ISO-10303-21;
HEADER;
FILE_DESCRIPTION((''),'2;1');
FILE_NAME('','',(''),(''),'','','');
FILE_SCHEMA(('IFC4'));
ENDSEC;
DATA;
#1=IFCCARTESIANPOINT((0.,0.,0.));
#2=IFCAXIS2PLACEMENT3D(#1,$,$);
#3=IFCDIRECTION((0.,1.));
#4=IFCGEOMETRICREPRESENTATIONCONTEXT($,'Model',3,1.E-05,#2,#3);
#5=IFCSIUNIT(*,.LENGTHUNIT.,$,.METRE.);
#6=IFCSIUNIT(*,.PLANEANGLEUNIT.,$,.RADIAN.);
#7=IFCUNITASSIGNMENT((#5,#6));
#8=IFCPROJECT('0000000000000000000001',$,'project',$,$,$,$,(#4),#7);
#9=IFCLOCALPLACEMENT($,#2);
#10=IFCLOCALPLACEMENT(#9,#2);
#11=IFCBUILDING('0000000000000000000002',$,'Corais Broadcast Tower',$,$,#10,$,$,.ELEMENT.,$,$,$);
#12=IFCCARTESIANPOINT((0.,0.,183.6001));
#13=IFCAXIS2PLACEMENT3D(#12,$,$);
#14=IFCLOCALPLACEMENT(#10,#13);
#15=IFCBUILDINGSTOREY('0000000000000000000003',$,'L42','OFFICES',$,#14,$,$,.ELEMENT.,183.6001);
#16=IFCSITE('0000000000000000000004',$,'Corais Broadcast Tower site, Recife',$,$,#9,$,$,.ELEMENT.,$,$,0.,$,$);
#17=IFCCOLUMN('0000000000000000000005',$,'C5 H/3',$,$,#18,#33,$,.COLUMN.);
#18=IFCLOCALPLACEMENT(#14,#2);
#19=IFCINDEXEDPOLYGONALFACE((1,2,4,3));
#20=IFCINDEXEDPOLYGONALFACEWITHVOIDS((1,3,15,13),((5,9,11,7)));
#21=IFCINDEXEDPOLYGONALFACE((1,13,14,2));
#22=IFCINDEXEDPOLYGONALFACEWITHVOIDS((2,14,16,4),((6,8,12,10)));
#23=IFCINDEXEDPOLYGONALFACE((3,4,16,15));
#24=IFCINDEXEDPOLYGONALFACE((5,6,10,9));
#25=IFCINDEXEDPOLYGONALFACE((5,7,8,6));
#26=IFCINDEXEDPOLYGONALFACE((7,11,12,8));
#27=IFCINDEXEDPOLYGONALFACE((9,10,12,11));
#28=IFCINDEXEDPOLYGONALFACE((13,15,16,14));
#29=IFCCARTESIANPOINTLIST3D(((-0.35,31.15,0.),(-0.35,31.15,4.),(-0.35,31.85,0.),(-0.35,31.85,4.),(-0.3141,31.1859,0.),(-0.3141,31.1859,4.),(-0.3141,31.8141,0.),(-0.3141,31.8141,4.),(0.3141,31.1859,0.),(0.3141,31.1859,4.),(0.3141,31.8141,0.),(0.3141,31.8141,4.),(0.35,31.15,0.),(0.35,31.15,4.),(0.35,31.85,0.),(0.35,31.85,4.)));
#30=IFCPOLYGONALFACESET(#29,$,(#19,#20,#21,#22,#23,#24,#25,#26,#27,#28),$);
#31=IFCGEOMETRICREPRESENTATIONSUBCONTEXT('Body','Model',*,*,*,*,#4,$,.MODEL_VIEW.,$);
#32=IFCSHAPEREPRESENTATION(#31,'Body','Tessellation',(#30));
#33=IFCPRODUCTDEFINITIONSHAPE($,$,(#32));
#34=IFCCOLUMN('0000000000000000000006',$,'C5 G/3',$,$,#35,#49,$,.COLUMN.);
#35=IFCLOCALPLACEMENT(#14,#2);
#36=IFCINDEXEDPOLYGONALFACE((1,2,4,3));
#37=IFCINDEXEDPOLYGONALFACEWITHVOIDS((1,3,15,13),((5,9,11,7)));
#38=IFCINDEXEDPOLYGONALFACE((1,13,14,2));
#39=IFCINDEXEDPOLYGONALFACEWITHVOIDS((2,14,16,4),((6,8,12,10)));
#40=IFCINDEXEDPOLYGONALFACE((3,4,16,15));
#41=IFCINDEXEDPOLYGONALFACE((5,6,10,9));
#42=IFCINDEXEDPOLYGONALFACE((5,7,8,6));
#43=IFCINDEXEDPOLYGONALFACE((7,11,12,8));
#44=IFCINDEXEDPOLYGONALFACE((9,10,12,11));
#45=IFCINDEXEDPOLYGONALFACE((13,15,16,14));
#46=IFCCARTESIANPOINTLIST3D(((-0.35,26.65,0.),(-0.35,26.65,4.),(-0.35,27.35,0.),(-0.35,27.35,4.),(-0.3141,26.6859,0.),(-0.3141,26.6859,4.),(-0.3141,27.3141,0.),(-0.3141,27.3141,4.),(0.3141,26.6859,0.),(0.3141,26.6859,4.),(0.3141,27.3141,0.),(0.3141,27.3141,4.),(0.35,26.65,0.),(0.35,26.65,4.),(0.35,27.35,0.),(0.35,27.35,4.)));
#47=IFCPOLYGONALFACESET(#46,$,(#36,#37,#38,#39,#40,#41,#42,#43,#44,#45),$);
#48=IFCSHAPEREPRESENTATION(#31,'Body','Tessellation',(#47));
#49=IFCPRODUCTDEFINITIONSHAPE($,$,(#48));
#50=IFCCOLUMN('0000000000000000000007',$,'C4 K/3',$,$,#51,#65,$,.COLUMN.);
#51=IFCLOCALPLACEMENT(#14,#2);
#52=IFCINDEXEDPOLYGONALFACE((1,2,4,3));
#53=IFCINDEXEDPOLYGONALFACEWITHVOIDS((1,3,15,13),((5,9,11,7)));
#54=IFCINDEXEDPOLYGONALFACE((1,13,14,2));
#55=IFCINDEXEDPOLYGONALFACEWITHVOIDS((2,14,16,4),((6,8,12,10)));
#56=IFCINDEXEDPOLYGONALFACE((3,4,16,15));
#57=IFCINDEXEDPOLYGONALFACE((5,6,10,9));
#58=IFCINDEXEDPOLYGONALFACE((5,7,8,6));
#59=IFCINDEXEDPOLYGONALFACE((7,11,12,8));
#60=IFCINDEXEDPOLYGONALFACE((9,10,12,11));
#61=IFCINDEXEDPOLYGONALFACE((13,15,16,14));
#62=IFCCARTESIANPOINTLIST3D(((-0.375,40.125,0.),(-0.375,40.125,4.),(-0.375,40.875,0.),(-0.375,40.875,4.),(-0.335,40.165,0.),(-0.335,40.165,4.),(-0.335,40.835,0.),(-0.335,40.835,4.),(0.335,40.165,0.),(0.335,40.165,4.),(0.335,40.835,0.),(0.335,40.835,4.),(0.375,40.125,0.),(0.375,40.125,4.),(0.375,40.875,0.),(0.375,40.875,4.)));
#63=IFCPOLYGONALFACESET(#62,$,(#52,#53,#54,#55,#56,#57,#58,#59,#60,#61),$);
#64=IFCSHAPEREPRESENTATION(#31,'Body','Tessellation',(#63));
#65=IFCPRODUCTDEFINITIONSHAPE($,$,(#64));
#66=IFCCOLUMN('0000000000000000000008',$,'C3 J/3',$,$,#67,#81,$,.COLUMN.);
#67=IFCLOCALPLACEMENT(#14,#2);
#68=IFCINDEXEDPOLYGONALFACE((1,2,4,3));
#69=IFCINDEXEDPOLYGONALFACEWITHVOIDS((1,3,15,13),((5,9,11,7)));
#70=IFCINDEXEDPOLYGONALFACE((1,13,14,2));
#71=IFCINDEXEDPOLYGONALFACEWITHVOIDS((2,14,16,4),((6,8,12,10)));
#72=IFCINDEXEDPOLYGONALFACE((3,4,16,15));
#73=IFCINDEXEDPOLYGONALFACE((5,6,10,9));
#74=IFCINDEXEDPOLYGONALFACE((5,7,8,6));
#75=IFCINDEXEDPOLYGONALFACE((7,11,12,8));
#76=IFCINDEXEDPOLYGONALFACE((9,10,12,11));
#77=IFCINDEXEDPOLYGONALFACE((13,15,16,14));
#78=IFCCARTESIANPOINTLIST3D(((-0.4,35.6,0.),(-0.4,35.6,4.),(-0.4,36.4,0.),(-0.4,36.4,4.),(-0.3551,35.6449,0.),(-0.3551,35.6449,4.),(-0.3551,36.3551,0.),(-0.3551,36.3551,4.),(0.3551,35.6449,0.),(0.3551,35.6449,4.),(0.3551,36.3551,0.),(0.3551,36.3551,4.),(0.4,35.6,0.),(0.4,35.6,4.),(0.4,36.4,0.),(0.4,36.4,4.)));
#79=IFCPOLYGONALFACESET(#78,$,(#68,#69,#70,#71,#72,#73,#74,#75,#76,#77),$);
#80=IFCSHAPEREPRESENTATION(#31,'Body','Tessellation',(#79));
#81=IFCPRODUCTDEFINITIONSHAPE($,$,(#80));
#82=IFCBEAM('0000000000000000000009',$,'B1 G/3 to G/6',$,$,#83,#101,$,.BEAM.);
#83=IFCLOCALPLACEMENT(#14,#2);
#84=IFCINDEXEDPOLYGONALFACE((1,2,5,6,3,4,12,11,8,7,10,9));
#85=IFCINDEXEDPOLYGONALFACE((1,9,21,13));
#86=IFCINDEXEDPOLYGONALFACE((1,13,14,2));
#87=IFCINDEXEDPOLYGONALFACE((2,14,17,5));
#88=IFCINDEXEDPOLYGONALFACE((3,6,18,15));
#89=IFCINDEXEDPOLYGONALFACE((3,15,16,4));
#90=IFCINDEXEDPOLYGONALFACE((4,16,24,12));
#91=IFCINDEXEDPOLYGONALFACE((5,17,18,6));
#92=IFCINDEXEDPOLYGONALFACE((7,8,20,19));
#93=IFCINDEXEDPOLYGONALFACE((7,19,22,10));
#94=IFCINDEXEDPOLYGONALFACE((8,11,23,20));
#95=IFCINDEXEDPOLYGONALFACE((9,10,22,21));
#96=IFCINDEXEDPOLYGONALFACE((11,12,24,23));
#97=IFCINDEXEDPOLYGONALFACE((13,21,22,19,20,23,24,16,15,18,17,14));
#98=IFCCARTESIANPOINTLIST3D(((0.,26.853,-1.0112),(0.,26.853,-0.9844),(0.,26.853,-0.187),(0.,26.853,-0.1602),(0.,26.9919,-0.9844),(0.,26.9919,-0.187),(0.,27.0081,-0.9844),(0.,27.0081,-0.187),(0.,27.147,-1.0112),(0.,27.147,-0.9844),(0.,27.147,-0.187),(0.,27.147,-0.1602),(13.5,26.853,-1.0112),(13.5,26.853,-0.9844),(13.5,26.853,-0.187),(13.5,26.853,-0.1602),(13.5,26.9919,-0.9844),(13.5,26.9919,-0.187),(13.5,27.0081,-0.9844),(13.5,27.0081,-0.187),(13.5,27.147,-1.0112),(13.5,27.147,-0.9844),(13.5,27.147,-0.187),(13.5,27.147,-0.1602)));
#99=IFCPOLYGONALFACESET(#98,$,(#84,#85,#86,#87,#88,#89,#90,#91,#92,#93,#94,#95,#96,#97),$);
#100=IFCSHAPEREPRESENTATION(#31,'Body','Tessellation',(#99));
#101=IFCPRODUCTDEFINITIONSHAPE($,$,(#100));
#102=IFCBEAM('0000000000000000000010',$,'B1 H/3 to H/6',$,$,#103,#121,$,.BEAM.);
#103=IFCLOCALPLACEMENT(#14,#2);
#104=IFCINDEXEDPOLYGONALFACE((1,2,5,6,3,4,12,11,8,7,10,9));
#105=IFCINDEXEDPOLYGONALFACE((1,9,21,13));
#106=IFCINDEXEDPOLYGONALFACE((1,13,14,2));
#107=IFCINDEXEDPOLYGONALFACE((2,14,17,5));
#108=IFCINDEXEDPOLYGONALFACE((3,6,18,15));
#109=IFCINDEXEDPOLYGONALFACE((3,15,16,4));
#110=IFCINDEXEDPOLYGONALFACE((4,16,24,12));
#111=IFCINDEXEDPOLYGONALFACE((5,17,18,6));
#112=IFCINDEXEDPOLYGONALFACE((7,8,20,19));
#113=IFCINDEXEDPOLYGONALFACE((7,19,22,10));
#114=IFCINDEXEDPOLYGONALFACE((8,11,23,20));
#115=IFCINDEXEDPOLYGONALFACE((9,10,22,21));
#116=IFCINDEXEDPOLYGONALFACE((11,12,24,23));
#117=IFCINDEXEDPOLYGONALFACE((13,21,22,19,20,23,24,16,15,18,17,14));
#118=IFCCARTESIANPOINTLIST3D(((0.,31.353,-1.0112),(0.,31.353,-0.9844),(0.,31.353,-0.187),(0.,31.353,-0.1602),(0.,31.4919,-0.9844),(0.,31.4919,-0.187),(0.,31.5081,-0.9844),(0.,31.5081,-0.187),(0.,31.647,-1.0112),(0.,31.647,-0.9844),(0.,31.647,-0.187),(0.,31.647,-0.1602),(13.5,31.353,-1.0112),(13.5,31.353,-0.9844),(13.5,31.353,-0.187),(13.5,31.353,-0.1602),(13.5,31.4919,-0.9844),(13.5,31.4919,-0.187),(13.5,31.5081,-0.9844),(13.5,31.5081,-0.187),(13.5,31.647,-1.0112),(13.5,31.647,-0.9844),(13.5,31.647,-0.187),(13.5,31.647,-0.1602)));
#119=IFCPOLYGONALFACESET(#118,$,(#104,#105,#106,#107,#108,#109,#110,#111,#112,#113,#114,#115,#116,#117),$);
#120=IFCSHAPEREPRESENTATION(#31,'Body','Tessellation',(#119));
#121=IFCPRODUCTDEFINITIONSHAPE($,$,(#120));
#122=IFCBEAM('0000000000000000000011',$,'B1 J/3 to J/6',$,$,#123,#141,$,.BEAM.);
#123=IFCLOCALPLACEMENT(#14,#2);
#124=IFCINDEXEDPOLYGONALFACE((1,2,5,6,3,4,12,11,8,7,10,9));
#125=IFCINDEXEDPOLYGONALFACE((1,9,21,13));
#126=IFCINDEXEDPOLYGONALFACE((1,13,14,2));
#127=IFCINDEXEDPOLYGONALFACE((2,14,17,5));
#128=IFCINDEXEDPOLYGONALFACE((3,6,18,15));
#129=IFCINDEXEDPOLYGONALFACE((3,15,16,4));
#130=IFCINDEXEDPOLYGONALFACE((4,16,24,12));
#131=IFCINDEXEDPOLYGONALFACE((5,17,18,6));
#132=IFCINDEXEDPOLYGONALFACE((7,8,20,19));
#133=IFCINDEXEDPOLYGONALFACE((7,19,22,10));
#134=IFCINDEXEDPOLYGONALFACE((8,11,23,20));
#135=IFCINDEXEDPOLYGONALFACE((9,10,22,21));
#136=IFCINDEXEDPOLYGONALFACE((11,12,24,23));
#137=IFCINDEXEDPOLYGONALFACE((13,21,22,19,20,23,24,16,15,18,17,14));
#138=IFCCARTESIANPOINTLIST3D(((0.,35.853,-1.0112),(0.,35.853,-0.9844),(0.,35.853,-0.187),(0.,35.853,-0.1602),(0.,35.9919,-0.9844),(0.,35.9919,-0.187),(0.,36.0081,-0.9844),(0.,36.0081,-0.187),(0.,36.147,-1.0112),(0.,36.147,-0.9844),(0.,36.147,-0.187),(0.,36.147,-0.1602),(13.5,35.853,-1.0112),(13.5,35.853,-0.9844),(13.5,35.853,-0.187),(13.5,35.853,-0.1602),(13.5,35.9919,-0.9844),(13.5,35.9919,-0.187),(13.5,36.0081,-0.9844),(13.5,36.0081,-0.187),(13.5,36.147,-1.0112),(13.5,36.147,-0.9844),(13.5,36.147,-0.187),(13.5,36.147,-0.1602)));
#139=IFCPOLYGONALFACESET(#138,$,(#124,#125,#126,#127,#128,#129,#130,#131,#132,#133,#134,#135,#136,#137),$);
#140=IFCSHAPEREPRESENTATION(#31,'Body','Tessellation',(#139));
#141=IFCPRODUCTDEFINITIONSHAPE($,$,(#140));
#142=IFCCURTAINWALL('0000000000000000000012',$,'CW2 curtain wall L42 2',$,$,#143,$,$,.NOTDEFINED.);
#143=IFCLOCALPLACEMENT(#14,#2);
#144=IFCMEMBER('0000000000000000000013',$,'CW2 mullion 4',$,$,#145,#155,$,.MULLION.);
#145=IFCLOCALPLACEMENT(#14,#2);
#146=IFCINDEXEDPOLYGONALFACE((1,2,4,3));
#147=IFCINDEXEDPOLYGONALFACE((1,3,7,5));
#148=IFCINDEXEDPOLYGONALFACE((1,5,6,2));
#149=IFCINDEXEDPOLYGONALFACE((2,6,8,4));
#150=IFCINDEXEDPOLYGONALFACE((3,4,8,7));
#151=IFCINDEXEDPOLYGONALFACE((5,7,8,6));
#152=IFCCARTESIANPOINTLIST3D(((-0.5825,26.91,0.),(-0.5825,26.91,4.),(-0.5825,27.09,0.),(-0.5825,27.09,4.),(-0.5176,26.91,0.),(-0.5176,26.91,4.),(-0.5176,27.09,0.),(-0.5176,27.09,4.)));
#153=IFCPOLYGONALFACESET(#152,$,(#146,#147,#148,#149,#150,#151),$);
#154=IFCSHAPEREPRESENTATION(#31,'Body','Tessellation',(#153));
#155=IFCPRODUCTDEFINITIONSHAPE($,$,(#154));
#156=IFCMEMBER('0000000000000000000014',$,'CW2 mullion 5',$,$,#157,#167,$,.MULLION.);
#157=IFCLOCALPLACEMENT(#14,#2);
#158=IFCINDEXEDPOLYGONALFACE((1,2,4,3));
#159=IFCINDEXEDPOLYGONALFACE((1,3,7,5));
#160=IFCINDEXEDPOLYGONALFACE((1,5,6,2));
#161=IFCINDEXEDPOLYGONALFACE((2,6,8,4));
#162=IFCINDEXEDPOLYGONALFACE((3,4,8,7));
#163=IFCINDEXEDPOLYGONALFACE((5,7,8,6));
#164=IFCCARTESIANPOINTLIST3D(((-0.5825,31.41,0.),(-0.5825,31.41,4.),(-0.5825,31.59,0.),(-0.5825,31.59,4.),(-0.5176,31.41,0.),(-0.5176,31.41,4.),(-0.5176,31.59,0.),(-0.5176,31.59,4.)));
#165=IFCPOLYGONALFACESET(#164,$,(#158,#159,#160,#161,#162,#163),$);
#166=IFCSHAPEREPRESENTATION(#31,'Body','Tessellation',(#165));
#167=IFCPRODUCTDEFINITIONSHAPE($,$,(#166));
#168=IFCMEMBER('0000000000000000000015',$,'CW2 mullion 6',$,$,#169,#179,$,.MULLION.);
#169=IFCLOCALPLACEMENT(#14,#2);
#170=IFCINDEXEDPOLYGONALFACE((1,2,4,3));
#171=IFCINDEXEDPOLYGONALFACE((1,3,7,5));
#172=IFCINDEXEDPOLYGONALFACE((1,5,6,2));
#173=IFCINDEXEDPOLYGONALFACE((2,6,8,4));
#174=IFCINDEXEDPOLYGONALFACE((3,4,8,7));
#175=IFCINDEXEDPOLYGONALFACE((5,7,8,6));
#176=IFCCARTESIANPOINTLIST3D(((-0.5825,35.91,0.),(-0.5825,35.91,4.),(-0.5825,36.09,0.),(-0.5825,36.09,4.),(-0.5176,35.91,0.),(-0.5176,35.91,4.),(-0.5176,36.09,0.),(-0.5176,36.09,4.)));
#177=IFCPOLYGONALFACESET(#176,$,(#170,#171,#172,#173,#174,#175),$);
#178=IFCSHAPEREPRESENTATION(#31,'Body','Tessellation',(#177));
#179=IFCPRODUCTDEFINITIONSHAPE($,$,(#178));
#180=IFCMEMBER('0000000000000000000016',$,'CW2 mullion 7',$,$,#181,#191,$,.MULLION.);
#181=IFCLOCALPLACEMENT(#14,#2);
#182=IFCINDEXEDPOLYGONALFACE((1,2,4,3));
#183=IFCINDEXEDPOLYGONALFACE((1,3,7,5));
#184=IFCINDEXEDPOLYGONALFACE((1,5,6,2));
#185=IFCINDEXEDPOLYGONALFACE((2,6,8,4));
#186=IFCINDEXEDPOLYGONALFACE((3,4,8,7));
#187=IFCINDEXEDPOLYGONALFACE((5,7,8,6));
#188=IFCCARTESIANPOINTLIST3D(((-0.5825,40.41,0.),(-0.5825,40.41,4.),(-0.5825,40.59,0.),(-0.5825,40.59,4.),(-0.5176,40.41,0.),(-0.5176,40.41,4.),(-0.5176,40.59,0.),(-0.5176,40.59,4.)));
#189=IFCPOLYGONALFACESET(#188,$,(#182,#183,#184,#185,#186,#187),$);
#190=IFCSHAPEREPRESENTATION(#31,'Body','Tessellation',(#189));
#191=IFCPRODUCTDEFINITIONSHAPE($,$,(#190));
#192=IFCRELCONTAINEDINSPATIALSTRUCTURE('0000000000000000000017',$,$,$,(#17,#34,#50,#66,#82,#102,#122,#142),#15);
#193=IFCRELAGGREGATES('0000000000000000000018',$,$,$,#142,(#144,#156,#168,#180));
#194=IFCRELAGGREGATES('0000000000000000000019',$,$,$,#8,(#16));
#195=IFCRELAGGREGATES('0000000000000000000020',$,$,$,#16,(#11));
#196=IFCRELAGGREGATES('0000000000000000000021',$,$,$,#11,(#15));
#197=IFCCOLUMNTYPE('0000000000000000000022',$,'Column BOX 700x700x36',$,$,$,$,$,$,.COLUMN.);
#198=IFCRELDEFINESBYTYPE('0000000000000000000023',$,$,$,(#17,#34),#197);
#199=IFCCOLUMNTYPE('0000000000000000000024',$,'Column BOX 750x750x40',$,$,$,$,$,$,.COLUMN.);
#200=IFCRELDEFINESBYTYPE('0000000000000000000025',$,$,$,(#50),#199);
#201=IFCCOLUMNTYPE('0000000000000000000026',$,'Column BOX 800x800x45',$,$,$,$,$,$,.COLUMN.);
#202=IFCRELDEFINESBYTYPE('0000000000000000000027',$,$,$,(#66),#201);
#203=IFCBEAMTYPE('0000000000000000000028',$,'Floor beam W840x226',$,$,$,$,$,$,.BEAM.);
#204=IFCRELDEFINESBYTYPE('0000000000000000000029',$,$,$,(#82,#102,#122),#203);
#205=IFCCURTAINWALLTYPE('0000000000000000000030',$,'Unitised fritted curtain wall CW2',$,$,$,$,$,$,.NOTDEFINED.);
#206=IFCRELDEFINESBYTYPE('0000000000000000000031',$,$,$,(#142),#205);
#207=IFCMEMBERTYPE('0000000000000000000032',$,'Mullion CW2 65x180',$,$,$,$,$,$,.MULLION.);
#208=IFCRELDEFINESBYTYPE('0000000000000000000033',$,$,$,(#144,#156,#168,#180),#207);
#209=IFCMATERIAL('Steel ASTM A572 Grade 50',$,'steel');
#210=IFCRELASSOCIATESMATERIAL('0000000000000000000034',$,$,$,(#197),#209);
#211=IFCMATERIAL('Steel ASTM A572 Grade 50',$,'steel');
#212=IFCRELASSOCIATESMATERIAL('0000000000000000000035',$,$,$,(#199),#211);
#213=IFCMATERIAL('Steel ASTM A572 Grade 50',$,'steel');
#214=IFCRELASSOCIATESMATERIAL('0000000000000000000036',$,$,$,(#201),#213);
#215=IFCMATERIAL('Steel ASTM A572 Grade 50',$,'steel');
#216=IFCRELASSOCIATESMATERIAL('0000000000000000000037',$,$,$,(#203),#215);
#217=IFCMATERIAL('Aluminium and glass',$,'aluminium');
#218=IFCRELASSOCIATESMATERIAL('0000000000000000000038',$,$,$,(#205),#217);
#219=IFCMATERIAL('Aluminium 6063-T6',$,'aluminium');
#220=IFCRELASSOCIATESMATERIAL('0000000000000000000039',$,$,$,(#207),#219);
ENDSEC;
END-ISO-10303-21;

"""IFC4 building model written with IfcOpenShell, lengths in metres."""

from ifc_helpers import new_model, si_unit, direction, frame, origin, origin_2d, place, context, subcontext, project, spatial, rectangle, hollow_rectangle, i_section, extrude, material, material_profile, profile_set, type_object, element, aggregate, save


model = new_model("IFC4")

# Units and contexts
model_context = context("Model", 3, precision=1e-05, world=origin(), true_north=direction((0.0, 1.0)))
body_context = subcontext(model_context, "Body", "Model", "MODEL_VIEW")
ifc_project = project(units=[si_unit("LENGTHUNIT", "METRE"), si_unit("PLANEANGLEUNIT", "RADIAN")], contexts=[model_context])

# Site, building, storey
site_placement = place(None, origin())
site = spatial("IfcSite", under=ifc_project, at=site_placement, Name="Corais Broadcast Tower site, Recife", CompositionType="ELEMENT", RefElevation=0.0)
building_placement = place(site_placement, origin())
building = spatial("IfcBuilding", under=site, at=building_placement, Name="Corais Broadcast Tower", CompositionType="ELEMENT")
storey_placement = place(building_placement, frame((0.0, 0.0, 183.6001)))
storey = spatial("IfcBuildingStorey", under=building, at=storey_placement, Name="L42", Description="OFFICES", CompositionType="ELEMENT", Elevation=183.6001)

# Columns
ifc_material_1 = material(Name="Steel ASTM A572 Grade 50", Category="steel")
ifc_material_profile_1 = material_profile(ifc_material_1, hollow_rectangle(XDim=0.7, YDim=0.7, WallThickness=0.0359, at=origin_2d()), Name="BOX 700x700x36")
ifc_profile_set_1 = profile_set([ifc_material_profile_1], Name="Steel ASTM A572 Grade 50")
column_type_1 = type_object("IfcColumnType", Name="Column BOX 700x700x36", PredefinedType="COLUMN", material=ifc_profile_set_1)
for number, where, z_axis, x_axis, name in (
    (1, (0.0, 31.5, 0.0), (0.0, 0.0, 1.0), (1.0, 0.0, 0.0), "C5 H/3"),
    (2, (0.0, 27.0, 0.0), (0.0, 0.0, 1.0), (1.0, 0.0, 0.0), "C5 G/3"),
):
    element("IfcColumn", number, at=place(storey_placement, frame(where, z_axis=z_axis, x_axis=x_axis)), inside=storey, type_object=column_type_1, Name=name, PredefinedType="COLUMN", context=body_context, shape_type="SweptSolid", body=[
        extrude(hollow_rectangle(XDim=0.7, YDim=0.7, WallThickness=0.0359, at=origin_2d()), origin(), (0.0, 0.0, 1.0), 4.0),
    ])
ifc_material_2 = material(Name="Steel ASTM A572 Grade 50", Category="steel")
ifc_material_profile_2 = material_profile(ifc_material_2, hollow_rectangle(XDim=0.75, YDim=0.75, WallThickness=0.04, at=origin_2d()), Name="BOX 750x750x40")
ifc_profile_set_2 = profile_set([ifc_material_profile_2], Name="Steel ASTM A572 Grade 50")
column_type_2 = type_object("IfcColumnType", Name="Column BOX 750x750x40", PredefinedType="COLUMN", material=ifc_profile_set_2)
column_1_placement = place(storey_placement, frame((0.0, 40.5, 0.0), z_axis=(0.0, 0.0, 1.0), x_axis=(1.0, 0.0, 0.0)))
element("IfcColumn", 3, at=column_1_placement, inside=storey, type_object=column_type_2, Name="C4 K/3", PredefinedType="COLUMN", context=body_context, shape_type="SweptSolid", body=[
    extrude(hollow_rectangle(XDim=0.75, YDim=0.75, WallThickness=0.04, at=origin_2d()), origin(), (0.0, 0.0, 1.0), 4.0),
])
ifc_material_3 = material(Name="Steel ASTM A572 Grade 50", Category="steel")
ifc_material_profile_3 = material_profile(ifc_material_3, hollow_rectangle(XDim=0.8, YDim=0.8, WallThickness=0.0449, at=origin_2d()), Name="BOX 800x800x45")
ifc_profile_set_3 = profile_set([ifc_material_profile_3], Name="Steel ASTM A572 Grade 50")
column_type_3 = type_object("IfcColumnType", Name="Column BOX 800x800x45", PredefinedType="COLUMN", material=ifc_profile_set_3)
column_2_placement = place(storey_placement, frame((0.0, 36.0, 0.0), z_axis=(0.0, 0.0, 1.0), x_axis=(1.0, 0.0, 0.0)))
element("IfcColumn", 4, at=column_2_placement, inside=storey, type_object=column_type_3, Name="C3 J/3", PredefinedType="COLUMN", context=body_context, shape_type="SweptSolid", body=[
    extrude(hollow_rectangle(XDim=0.8, YDim=0.8, WallThickness=0.0449, at=origin_2d()), origin(), (0.0, 0.0, 1.0), 4.0),
])

# Beams
ifc_material_4 = material(Name="Steel ASTM A572 Grade 50", Category="steel")
ifc_material_profile_4 = material_profile(ifc_material_4, i_section(OverallWidth=0.2939, OverallDepth=0.8511, WebThickness=0.0161, FlangeThickness=0.0269, at=origin_2d()), Name="W840x226")
ifc_profile_set_4 = profile_set([ifc_material_profile_4], Name="Steel ASTM A572 Grade 50")
beam_type_1 = type_object("IfcBeamType", Name="Floor beam W840x226", PredefinedType="BEAM", material=ifc_profile_set_4)
for number, where, z_axis, x_axis, name in (
    (5, (0.0, 27.0, -0.5857), (1.0, 0.0, 0.0), (0.0, 1.0, 0.0), "B1 G/3 to G/6"),
    (6, (0.0, 31.5, -0.5857), (1.0, 0.0, 0.0), (0.0, 1.0, 0.0), "B1 H/3 to H/6"),
    (7, (0.0, 36.0, -0.5857), (1.0, 0.0, 0.0), (0.0, 1.0, 0.0), "B1 J/3 to J/6"),
):
    element("IfcBeam", number, at=place(storey_placement, frame(where, z_axis=z_axis, x_axis=x_axis)), inside=storey, type_object=beam_type_1, Name=name, PredefinedType="BEAM", context=body_context, shape_type="SweptSolid", body=[
        extrude(i_section(OverallWidth=0.2939, OverallDepth=0.8511, WebThickness=0.0161, FlangeThickness=0.0269, at=origin_2d()), origin(), (0.0, 0.0, 1.0), 13.5),
    ])

# Curtain wall, members
ifc_material_5 = material(Name="Aluminium and glass", Category="aluminium")
curtain_wall_type = type_object("IfcCurtainWallType", Name="Unitised fritted curtain wall CW2", PredefinedType="NOTDEFINED", material=ifc_material_5)
curtain_wall_placement = place(storey_placement, origin())
curtain_wall = element("IfcCurtainWall", 8, at=curtain_wall_placement, inside=storey, type_object=curtain_wall_type, Name="CW2 curtain wall L42 2", PredefinedType="NOTDEFINED")
ifc_material_6 = material(Name="Aluminium 6063-T6", Category="aluminium")
ifc_material_profile_5 = material_profile(ifc_material_6, rectangle(XDim=0.0649, YDim=0.1799, at=origin_2d()), Name="Mullion CW2 65x180")
ifc_profile_set_5 = profile_set([ifc_material_profile_5], Name="Aluminium 6063-T6")
member_type_1 = type_object("IfcMemberType", Name="Mullion CW2 65x180", PredefinedType="MULLION", material=ifc_profile_set_5)
member_1_placement = place(storey_placement, frame((-0.55, 27.0, 0.0), z_axis=(0.0, 0.0, 1.0), x_axis=(-1.0, 0.0, 0.0)))
member_1 = element("IfcMember", 9, at=member_1_placement, type_object=member_type_1, Name="CW2 mullion 4", PredefinedType="MULLION", context=body_context, shape_type="SweptSolid", body=[
    extrude(rectangle(XDim=0.0649, YDim=0.1799, at=origin_2d()), origin(), (0.0, 0.0, 1.0), 4.0),
])
member_2_placement = place(storey_placement, frame((-0.55, 31.5, 0.0), z_axis=(0.0, 0.0, 1.0), x_axis=(-1.0, 0.0, 0.0)))
member_2 = element("IfcMember", 10, at=member_2_placement, type_object=member_type_1, Name="CW2 mullion 5", PredefinedType="MULLION", context=body_context, shape_type="SweptSolid", body=[
    extrude(rectangle(XDim=0.0649, YDim=0.1799, at=origin_2d()), origin(), (0.0, 0.0, 1.0), 4.0),
])
member_3_placement = place(storey_placement, frame((-0.55, 36.0, 0.0), z_axis=(0.0, 0.0, 1.0), x_axis=(-1.0, 0.0, 0.0)))
member_3 = element("IfcMember", 11, at=member_3_placement, type_object=member_type_1, Name="CW2 mullion 6", PredefinedType="MULLION", context=body_context, shape_type="SweptSolid", body=[
    extrude(rectangle(XDim=0.0649, YDim=0.1799, at=origin_2d()), origin(), (0.0, 0.0, 1.0), 4.0),
])
member_4_placement = place(storey_placement, frame((-0.55, 40.5, 0.0), z_axis=(0.0, 0.0, 1.0), x_axis=(-1.0, 0.0, 0.0)))
member_4 = element("IfcMember", 12, at=member_4_placement, type_object=member_type_1, Name="CW2 mullion 7", PredefinedType="MULLION", context=body_context, shape_type="SweptSolid", body=[
    extrude(rectangle(XDim=0.0649, YDim=0.1799, at=origin_2d()), origin(), (0.0, 0.0, 1.0), 4.0),
])

aggregate(curtain_wall, [member_1, member_2, member_3, member_4])

save(model, "model.ifc")
